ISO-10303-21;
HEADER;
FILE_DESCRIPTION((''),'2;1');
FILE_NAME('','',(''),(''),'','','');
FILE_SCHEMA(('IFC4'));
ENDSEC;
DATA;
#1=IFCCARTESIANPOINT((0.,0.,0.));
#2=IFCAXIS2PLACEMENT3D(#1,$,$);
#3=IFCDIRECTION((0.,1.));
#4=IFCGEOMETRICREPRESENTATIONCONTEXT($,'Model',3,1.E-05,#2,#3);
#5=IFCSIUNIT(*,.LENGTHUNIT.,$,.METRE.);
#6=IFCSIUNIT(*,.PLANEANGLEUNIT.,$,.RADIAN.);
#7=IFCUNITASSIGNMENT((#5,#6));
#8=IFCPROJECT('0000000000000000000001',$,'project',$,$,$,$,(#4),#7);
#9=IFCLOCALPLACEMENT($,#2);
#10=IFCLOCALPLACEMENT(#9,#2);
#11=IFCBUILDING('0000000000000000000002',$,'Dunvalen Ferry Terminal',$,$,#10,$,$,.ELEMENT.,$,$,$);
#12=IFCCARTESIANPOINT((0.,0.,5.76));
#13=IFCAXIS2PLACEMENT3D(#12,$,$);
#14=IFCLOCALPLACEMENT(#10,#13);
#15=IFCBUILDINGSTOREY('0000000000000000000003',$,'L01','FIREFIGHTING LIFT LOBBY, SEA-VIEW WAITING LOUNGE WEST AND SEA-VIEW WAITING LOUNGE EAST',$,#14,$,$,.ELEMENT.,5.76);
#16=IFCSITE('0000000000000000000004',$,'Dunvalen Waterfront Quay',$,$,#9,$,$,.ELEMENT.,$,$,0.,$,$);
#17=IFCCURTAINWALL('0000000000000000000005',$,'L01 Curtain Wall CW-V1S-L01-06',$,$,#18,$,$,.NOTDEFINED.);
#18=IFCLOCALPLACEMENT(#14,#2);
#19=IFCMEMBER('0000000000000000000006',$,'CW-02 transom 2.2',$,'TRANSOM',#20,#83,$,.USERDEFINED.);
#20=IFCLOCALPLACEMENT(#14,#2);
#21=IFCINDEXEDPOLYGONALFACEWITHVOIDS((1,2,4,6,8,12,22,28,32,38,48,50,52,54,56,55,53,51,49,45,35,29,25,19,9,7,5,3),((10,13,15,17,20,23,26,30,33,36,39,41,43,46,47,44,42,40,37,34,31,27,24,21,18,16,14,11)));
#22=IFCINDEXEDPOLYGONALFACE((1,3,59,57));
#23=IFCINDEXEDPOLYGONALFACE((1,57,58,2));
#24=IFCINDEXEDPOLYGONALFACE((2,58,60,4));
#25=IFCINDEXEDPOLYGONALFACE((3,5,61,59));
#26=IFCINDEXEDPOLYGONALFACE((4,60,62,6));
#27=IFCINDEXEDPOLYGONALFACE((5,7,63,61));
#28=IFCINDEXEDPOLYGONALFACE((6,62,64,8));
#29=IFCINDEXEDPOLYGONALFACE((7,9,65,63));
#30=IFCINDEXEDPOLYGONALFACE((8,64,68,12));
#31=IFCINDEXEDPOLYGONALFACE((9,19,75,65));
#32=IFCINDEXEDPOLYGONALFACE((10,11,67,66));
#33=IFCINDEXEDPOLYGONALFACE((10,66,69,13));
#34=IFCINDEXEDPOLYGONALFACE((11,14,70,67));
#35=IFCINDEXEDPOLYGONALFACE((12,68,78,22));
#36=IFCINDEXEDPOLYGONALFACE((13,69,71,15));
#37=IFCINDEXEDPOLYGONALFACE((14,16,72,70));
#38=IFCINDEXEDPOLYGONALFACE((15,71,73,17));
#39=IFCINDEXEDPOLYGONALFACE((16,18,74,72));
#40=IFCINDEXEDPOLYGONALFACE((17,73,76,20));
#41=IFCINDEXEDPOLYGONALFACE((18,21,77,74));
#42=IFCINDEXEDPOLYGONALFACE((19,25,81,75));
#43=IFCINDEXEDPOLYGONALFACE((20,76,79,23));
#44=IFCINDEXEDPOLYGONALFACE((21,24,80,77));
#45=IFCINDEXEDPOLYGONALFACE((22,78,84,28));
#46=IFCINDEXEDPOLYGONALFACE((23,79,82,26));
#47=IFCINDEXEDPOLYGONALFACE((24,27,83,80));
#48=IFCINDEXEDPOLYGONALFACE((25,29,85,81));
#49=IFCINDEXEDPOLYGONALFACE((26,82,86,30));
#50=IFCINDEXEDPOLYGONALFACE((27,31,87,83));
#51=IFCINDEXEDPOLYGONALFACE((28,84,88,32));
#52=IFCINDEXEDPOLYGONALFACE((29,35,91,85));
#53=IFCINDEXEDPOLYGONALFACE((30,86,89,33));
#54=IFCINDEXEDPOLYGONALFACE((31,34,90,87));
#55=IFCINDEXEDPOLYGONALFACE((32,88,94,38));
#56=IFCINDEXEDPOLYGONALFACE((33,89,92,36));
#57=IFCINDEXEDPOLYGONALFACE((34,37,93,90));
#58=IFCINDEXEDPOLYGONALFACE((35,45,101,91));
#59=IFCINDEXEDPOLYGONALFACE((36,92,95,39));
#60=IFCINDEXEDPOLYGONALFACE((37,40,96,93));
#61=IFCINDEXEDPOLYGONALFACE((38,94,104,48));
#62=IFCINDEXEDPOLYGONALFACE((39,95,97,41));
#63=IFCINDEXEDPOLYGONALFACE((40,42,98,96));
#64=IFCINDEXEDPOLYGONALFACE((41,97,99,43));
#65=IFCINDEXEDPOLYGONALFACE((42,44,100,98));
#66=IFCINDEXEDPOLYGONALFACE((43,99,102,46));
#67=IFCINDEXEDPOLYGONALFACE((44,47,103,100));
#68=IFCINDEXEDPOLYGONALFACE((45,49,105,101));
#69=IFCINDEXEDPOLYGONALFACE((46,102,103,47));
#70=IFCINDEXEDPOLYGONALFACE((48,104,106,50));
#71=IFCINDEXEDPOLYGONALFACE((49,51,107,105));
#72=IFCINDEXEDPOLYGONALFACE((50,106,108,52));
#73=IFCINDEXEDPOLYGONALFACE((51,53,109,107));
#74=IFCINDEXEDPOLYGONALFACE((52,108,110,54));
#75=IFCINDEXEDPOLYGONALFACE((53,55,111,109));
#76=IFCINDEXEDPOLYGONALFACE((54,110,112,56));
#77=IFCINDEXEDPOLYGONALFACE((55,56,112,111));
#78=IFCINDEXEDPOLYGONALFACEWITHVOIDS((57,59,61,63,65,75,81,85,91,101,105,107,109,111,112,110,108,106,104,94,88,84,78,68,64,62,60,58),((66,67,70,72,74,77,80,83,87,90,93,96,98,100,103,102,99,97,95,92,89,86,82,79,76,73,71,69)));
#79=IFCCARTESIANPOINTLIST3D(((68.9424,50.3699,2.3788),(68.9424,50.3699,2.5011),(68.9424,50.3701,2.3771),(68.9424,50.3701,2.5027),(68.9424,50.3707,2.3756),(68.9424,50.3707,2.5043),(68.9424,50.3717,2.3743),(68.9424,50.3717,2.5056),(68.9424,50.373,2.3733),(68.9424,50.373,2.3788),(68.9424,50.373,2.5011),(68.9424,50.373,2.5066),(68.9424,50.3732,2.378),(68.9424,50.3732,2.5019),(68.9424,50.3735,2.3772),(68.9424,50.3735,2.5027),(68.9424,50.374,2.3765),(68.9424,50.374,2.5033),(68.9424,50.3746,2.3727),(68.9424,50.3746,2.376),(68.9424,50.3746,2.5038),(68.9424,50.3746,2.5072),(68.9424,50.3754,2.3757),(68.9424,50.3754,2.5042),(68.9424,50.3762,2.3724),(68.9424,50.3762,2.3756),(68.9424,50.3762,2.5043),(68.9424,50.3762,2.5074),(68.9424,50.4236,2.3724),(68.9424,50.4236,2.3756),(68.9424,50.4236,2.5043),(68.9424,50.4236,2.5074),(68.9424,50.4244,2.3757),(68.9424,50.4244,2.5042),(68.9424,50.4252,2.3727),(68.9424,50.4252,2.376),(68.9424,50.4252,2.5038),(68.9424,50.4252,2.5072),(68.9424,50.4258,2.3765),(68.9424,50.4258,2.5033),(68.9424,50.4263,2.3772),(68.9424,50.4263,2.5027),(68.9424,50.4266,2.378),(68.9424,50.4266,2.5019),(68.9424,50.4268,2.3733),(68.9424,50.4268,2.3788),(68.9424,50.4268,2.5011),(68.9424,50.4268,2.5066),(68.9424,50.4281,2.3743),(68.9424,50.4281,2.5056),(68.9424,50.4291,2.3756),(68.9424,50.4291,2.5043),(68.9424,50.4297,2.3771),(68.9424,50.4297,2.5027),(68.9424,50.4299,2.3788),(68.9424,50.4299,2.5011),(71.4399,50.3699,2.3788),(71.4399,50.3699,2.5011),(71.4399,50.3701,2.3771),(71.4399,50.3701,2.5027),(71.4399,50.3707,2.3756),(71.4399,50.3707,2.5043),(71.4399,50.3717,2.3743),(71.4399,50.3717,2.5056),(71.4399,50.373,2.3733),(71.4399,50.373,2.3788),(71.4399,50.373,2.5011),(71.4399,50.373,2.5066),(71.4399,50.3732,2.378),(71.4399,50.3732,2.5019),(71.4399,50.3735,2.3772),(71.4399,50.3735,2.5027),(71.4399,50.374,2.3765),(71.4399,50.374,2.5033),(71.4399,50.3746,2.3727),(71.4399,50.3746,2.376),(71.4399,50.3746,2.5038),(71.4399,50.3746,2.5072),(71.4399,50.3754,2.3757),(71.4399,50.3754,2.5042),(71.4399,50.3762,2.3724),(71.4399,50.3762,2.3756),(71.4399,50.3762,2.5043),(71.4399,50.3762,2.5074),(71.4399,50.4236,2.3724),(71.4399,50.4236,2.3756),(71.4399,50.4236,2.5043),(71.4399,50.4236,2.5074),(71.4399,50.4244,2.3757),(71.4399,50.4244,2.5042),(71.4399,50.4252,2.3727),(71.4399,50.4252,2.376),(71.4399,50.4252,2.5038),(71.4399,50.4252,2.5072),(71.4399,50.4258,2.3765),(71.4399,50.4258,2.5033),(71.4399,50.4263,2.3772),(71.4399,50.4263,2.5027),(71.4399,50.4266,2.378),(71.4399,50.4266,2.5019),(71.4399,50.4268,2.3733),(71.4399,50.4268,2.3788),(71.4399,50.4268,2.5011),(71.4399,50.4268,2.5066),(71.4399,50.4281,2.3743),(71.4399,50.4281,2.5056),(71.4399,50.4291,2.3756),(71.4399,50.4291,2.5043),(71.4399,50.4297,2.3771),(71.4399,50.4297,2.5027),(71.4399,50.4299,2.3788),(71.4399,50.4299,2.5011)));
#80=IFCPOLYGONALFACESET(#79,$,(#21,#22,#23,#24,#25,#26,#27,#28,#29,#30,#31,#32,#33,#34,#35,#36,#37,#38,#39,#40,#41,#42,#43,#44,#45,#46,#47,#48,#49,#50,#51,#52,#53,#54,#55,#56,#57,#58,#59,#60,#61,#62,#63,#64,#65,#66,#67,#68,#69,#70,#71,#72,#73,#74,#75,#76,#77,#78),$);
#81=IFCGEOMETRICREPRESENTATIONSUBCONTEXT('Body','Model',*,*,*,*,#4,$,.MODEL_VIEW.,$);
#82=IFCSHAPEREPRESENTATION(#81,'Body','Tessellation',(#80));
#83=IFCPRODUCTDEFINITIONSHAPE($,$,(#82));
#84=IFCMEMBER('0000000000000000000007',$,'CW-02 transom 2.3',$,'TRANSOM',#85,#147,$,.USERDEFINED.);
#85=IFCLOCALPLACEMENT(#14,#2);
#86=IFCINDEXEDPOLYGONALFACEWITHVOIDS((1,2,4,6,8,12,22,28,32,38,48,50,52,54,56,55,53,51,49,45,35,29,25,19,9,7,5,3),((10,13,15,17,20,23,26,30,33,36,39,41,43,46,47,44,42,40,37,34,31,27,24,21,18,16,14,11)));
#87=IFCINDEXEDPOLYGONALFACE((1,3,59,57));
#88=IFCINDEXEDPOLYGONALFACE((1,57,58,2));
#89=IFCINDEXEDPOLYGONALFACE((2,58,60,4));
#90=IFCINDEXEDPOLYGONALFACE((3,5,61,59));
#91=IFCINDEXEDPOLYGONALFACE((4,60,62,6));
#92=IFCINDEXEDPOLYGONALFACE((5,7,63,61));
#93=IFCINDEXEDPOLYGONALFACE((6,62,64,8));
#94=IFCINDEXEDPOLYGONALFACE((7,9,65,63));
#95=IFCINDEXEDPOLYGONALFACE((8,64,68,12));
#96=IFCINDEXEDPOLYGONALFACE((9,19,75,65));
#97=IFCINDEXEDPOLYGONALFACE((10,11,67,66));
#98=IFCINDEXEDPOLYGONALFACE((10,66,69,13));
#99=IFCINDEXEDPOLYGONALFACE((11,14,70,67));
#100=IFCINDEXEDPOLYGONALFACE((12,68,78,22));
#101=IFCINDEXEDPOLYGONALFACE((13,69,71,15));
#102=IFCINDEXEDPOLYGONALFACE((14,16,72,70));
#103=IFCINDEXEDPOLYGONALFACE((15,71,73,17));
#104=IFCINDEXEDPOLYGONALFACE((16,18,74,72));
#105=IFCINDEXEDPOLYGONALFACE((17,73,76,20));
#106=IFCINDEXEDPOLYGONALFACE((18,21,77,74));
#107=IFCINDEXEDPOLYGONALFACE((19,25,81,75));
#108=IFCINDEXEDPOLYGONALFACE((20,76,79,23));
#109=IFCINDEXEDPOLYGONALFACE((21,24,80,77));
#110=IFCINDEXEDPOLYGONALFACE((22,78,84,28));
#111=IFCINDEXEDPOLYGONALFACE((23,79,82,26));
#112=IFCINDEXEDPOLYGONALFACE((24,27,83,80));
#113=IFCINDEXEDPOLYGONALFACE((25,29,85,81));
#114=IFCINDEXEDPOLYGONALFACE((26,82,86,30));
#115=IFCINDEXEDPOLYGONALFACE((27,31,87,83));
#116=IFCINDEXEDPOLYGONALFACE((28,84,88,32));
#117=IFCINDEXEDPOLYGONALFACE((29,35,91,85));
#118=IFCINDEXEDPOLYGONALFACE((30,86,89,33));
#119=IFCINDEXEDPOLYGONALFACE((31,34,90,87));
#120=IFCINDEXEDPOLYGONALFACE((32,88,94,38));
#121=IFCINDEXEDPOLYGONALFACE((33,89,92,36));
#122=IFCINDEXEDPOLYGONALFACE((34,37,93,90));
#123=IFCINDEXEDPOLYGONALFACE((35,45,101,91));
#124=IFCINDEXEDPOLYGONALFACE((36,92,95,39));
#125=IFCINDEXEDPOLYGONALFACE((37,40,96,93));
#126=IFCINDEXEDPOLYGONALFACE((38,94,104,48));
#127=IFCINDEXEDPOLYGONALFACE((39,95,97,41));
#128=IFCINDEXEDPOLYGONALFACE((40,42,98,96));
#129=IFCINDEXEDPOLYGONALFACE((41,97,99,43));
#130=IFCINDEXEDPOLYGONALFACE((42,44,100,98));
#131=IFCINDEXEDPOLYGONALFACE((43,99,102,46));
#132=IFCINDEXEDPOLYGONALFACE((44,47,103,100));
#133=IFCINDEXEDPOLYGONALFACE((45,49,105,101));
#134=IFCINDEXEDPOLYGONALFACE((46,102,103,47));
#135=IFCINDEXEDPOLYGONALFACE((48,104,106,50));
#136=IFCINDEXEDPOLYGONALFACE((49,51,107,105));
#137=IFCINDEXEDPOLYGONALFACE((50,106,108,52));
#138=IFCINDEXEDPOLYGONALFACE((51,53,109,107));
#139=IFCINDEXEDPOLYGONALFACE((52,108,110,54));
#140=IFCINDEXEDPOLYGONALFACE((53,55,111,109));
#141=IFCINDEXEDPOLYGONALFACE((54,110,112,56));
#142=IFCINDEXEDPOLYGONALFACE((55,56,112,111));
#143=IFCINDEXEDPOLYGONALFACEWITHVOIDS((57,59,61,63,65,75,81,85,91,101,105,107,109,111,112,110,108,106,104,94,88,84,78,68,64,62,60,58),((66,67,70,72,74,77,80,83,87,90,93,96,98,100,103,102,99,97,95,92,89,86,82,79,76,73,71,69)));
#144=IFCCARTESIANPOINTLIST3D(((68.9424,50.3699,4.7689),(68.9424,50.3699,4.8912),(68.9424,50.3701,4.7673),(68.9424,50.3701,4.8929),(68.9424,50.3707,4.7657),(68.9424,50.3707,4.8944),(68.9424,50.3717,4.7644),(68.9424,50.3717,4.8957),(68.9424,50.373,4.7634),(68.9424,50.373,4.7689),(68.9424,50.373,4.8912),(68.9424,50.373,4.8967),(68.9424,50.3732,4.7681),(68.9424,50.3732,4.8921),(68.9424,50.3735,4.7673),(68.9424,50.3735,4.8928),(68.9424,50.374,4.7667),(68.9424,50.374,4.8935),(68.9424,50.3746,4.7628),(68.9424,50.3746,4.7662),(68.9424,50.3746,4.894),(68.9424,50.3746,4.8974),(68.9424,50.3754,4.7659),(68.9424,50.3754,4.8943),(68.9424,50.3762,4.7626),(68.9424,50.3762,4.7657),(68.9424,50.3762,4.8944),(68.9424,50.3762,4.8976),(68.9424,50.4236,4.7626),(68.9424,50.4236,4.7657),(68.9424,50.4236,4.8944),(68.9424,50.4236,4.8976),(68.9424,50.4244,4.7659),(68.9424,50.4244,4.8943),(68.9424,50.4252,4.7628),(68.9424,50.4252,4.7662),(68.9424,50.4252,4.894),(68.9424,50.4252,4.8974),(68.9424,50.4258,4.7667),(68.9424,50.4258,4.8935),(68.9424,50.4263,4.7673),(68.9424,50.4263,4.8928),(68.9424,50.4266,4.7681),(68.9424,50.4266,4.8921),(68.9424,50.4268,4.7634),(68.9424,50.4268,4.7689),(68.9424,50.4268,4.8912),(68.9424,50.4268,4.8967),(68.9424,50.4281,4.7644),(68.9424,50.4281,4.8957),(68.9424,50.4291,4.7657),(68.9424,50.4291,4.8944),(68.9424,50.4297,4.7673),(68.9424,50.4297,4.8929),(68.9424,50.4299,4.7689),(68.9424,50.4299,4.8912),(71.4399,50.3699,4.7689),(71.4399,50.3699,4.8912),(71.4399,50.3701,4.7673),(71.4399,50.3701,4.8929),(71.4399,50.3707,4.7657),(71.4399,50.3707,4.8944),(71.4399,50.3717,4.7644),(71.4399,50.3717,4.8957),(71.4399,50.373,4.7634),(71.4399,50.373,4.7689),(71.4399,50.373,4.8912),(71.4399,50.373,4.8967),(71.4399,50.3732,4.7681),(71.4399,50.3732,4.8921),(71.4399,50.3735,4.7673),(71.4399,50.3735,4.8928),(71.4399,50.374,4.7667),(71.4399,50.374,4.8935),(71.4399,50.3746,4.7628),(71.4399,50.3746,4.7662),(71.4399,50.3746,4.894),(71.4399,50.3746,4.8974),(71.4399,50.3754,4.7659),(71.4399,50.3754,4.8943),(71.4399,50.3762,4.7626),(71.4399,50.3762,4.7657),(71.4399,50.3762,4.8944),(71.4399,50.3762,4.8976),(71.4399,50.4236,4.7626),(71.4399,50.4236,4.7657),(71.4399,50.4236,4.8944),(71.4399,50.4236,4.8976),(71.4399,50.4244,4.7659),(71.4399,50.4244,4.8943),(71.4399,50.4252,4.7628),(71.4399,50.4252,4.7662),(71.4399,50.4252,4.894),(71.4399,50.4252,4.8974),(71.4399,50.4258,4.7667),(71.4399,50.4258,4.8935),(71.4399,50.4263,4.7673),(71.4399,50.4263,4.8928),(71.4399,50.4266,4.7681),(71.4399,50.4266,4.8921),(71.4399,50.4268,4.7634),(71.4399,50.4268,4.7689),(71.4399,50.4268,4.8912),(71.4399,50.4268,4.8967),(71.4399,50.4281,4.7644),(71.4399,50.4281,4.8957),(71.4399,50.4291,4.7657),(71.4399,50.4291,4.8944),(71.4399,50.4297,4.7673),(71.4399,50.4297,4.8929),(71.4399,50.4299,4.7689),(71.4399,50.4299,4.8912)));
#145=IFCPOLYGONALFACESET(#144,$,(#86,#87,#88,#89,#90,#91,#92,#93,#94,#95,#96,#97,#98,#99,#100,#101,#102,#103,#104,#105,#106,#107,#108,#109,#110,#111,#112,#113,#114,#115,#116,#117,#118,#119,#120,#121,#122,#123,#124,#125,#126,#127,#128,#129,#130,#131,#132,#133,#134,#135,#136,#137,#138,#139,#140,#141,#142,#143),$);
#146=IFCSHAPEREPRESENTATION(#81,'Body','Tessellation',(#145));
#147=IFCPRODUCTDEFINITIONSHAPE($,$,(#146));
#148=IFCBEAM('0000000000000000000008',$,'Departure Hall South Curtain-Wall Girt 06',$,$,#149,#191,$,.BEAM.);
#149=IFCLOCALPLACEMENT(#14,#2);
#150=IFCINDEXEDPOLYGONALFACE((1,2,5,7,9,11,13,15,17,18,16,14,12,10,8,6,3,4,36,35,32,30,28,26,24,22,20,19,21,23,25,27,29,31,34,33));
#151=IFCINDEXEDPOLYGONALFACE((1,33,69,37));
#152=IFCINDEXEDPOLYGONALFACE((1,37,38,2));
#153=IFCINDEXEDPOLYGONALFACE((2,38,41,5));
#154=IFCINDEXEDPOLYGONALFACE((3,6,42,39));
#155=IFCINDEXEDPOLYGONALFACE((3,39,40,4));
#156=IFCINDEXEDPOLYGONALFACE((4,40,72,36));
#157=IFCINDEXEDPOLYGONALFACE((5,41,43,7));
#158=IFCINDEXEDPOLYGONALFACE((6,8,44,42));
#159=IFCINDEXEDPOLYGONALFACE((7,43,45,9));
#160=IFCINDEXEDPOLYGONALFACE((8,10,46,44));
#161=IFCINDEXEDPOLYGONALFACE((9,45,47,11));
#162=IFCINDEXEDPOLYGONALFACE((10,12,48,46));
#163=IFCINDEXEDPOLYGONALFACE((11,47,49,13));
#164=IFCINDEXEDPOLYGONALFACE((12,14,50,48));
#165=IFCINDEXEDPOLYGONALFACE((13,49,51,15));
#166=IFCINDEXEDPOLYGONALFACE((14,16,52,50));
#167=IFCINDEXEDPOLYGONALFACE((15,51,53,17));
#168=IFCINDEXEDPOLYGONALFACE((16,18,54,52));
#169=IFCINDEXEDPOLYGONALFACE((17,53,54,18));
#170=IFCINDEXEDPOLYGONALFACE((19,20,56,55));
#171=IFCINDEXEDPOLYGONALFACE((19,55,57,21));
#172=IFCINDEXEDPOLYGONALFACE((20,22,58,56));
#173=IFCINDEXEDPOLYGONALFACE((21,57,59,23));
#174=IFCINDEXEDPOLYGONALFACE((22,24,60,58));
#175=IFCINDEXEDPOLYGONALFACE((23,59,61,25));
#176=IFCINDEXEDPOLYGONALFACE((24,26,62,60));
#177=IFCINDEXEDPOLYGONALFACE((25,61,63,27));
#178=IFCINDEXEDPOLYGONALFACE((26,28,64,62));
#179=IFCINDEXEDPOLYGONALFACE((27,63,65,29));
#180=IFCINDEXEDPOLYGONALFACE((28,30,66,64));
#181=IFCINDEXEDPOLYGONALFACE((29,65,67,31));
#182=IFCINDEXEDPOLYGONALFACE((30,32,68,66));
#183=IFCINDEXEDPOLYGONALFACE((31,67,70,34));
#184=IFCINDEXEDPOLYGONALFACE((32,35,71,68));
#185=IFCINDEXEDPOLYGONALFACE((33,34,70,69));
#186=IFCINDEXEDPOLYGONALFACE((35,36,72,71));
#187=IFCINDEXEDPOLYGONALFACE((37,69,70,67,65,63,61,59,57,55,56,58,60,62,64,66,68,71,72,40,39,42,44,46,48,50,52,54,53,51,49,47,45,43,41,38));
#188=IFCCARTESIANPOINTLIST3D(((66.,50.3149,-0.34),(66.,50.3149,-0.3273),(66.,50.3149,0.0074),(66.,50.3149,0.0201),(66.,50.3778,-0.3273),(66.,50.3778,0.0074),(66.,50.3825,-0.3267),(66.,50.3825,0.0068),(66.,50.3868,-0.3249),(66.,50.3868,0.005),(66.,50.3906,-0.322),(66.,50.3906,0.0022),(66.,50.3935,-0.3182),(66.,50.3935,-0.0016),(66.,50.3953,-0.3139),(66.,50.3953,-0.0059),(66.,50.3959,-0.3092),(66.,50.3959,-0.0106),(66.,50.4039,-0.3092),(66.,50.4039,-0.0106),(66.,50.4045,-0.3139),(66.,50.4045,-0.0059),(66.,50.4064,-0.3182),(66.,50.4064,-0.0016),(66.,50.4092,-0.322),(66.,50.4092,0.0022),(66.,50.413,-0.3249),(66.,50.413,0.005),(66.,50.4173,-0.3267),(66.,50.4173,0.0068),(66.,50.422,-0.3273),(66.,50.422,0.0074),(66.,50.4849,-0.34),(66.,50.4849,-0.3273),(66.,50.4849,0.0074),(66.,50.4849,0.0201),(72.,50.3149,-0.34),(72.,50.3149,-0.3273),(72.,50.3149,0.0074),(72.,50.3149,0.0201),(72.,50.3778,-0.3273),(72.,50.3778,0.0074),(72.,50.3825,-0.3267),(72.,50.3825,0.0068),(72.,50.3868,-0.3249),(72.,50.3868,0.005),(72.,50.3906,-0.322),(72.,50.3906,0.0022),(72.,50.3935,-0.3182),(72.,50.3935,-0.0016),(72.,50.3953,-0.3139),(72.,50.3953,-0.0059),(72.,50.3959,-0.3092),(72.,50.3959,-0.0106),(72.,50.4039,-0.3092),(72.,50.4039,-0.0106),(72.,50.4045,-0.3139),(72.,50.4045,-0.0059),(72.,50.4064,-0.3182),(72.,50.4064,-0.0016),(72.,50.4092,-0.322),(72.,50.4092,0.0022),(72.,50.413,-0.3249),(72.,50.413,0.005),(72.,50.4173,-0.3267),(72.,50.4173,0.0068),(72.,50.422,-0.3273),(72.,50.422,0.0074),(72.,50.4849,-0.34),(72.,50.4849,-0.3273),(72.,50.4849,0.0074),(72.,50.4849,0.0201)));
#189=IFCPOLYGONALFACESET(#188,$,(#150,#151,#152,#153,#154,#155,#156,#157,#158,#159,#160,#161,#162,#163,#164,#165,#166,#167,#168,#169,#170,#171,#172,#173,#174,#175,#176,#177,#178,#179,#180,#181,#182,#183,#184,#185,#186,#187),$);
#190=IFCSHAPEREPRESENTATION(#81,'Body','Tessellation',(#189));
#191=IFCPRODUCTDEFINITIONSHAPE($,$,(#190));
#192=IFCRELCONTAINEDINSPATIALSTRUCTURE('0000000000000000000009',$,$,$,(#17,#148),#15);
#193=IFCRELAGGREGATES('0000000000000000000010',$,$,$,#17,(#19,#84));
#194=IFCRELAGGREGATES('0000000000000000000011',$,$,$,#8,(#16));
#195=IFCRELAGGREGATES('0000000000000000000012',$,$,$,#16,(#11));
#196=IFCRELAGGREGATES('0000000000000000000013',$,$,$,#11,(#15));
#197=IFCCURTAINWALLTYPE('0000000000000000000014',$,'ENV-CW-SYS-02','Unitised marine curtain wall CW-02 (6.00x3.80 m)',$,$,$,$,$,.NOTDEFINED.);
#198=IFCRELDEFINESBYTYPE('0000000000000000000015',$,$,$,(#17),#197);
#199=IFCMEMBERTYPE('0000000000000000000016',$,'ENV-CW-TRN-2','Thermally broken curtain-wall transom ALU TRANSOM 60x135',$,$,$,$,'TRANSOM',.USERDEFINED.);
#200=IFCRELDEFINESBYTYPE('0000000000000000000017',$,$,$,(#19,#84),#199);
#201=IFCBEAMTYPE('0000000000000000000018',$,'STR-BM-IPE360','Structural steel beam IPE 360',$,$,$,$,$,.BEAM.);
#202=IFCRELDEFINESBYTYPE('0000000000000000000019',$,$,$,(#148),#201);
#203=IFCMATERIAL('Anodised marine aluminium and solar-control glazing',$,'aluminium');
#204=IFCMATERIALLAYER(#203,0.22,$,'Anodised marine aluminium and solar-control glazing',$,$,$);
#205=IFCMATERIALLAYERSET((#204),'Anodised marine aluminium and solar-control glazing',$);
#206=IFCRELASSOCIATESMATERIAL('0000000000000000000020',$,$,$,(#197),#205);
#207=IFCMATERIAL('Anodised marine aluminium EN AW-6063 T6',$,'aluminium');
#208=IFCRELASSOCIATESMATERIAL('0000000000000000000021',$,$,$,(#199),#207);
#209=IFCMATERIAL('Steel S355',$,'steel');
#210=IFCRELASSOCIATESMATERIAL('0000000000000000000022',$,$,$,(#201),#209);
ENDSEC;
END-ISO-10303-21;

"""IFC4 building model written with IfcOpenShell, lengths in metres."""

from ifc_helpers import new_model, si_unit, direction, frame, origin, origin_2d, place, context, subcontext, project, spatial, hollow_rectangle, i_section, extrude, material, layer, layer_set, material_profile, profile_set, type_object, element, aggregate, save


model = new_model("IFC4")

# Units and contexts
model_context = context("Model", 3, precision=1e-05, world=origin(), true_north=direction((0.0, 1.0)))
body_context = subcontext(model_context, "Body", "Model", "MODEL_VIEW")
ifc_project = project(units=[si_unit("LENGTHUNIT", "METRE"), si_unit("PLANEANGLEUNIT", "RADIAN")], contexts=[model_context])

# Site, building, storey
site_placement = place(None, origin())
site = spatial("IfcSite", under=ifc_project, at=site_placement, Name="Dunvalen Waterfront Quay", CompositionType="ELEMENT", RefElevation=0.0)
building_placement = place(site_placement, origin())
building = spatial("IfcBuilding", under=site, at=building_placement, Name="Dunvalen Ferry Terminal", CompositionType="ELEMENT")
storey_placement = place(building_placement, frame((0.0, 0.0, 5.76)))
storey = spatial("IfcBuildingStorey", under=building, at=storey_placement, Name="L01", Description="FIREFIGHTING LIFT LOBBY, SEA-VIEW WAITING LOUNGE WEST AND SEA-VIEW WAITING LOUNGE EAST", CompositionType="ELEMENT", Elevation=5.76)

# Shared definitions
ifc_material_1 = material(Name="Steel S355", Category="steel")

# Shared definitions
ifc_material_2 = material(Name="Anodised marine aluminium and solar-control glazing", Category="aluminium")
ifc_layer_1 = layer(ifc_material_2, 0.22, Name="Anodised marine aluminium and solar-control glazing")
ifc_layer_set_1 = layer_set([ifc_layer_1], Name="Anodised marine aluminium and solar-control glazing")
curtain_wall_type = type_object("IfcCurtainWallType", Name="ENV-CW-SYS-02", Description="Unitised marine curtain wall CW-02 (6.00x3.80 m)", PredefinedType="NOTDEFINED", material=ifc_layer_set_1)
ifc_material_3 = material(Name="Anodised marine aluminium EN AW-6063 T6", Category="aluminium")

# Curtain wall
curtain_wall_1_placement = place(storey_placement, origin())
curtain_wall_1 = element("IfcCurtainWall", 1, at=curtain_wall_1_placement, inside=storey, type_object=curtain_wall_type, Name="L01 Curtain Wall CW-V1S-L01-06", PredefinedType="NOTDEFINED")

# Members
ifc_material_profile_1 = material_profile(ifc_material_3, hollow_rectangle(XDim=0.0601, YDim=0.135, WallThickness=0.0032, InnerFilletRadius=0.0032, OuterFilletRadius=0.0063, at=origin_2d()), Name="Anodised marine aluminium EN AW-6063 T6")
ifc_profile_set_1 = profile_set([ifc_material_profile_1], Name="Anodised marine aluminium EN AW-6063 T6")
member_type_1 = type_object("IfcMemberType", Name="ENV-CW-TRN-2", Description="Thermally broken curtain-wall transom ALU TRANSOM 60x135", ElementType="TRANSOM", PredefinedType="USERDEFINED", material=ifc_profile_set_1)
member_1_placement = place(storey_placement, frame((68.9424, 50.3999, 2.4399), z_axis=(1.0, 0.0, 0.0), x_axis=(0.0, 1.0, 0.0)))
member_1 = element("IfcMember", 2, at=member_1_placement, type_object=member_type_1, Name="CW-02 transom 2.2", ObjectType="TRANSOM", PredefinedType="USERDEFINED", context=body_context, shape_type="SweptSolid", body=[
    extrude(hollow_rectangle(XDim=0.0601, YDim=0.135, WallThickness=0.0032, InnerFilletRadius=0.0032, OuterFilletRadius=0.0063, at=origin_2d()), origin(), (0.0, 0.0, 1.0), 2.4976),
])
member_2_placement = place(storey_placement, frame((68.9424, 50.3999, 4.8301), z_axis=(1.0, 0.0, 0.0), x_axis=(0.0, 1.0, 0.0)))
member_2 = element("IfcMember", 3, at=member_2_placement, type_object=member_type_1, Name="CW-02 transom 2.3", ObjectType="TRANSOM", PredefinedType="USERDEFINED", context=body_context, shape_type="SweptSolid", body=[
    extrude(hollow_rectangle(XDim=0.0601, YDim=0.135, WallThickness=0.0032, InnerFilletRadius=0.0032, OuterFilletRadius=0.0063, at=origin_2d()), origin(), (0.0, 0.0, 1.0), 2.4976),
])

# Beam
ifc_material_profile_2 = material_profile(ifc_material_1, i_section(OverallWidth=0.1699, OverallDepth=0.3601, WebThickness=0.0081, FlangeThickness=0.0127, FilletRadius=0.0181, at=origin_2d()), Name="Steel S355")
ifc_profile_set_2 = profile_set([ifc_material_profile_2], Name="Steel S355")
beam_type_1 = type_object("IfcBeamType", Name="STR-BM-IPE360", Description="Structural steel beam IPE 360", PredefinedType="BEAM", material=ifc_profile_set_2)
beam_1_placement = place(storey_placement, frame((66.0, 50.3999, -0.1599), z_axis=(1.0, 0.0, 0.0), x_axis=(0.0, 1.0, 0.0)))
element("IfcBeam", 4, at=beam_1_placement, inside=storey, type_object=beam_type_1, Name="Departure Hall South Curtain-Wall Girt 06", PredefinedType="BEAM", context=body_context, shape_type="SweptSolid", body=[
    extrude(i_section(OverallWidth=0.1699, OverallDepth=0.3601, WebThickness=0.0081, FlangeThickness=0.0127, FilletRadius=0.0181, at=origin_2d()), origin(), (0.0, 0.0, 1.0), 6.0),
])

aggregate(curtain_wall_1, [member_1, member_2])

save(model, "model.ifc")
